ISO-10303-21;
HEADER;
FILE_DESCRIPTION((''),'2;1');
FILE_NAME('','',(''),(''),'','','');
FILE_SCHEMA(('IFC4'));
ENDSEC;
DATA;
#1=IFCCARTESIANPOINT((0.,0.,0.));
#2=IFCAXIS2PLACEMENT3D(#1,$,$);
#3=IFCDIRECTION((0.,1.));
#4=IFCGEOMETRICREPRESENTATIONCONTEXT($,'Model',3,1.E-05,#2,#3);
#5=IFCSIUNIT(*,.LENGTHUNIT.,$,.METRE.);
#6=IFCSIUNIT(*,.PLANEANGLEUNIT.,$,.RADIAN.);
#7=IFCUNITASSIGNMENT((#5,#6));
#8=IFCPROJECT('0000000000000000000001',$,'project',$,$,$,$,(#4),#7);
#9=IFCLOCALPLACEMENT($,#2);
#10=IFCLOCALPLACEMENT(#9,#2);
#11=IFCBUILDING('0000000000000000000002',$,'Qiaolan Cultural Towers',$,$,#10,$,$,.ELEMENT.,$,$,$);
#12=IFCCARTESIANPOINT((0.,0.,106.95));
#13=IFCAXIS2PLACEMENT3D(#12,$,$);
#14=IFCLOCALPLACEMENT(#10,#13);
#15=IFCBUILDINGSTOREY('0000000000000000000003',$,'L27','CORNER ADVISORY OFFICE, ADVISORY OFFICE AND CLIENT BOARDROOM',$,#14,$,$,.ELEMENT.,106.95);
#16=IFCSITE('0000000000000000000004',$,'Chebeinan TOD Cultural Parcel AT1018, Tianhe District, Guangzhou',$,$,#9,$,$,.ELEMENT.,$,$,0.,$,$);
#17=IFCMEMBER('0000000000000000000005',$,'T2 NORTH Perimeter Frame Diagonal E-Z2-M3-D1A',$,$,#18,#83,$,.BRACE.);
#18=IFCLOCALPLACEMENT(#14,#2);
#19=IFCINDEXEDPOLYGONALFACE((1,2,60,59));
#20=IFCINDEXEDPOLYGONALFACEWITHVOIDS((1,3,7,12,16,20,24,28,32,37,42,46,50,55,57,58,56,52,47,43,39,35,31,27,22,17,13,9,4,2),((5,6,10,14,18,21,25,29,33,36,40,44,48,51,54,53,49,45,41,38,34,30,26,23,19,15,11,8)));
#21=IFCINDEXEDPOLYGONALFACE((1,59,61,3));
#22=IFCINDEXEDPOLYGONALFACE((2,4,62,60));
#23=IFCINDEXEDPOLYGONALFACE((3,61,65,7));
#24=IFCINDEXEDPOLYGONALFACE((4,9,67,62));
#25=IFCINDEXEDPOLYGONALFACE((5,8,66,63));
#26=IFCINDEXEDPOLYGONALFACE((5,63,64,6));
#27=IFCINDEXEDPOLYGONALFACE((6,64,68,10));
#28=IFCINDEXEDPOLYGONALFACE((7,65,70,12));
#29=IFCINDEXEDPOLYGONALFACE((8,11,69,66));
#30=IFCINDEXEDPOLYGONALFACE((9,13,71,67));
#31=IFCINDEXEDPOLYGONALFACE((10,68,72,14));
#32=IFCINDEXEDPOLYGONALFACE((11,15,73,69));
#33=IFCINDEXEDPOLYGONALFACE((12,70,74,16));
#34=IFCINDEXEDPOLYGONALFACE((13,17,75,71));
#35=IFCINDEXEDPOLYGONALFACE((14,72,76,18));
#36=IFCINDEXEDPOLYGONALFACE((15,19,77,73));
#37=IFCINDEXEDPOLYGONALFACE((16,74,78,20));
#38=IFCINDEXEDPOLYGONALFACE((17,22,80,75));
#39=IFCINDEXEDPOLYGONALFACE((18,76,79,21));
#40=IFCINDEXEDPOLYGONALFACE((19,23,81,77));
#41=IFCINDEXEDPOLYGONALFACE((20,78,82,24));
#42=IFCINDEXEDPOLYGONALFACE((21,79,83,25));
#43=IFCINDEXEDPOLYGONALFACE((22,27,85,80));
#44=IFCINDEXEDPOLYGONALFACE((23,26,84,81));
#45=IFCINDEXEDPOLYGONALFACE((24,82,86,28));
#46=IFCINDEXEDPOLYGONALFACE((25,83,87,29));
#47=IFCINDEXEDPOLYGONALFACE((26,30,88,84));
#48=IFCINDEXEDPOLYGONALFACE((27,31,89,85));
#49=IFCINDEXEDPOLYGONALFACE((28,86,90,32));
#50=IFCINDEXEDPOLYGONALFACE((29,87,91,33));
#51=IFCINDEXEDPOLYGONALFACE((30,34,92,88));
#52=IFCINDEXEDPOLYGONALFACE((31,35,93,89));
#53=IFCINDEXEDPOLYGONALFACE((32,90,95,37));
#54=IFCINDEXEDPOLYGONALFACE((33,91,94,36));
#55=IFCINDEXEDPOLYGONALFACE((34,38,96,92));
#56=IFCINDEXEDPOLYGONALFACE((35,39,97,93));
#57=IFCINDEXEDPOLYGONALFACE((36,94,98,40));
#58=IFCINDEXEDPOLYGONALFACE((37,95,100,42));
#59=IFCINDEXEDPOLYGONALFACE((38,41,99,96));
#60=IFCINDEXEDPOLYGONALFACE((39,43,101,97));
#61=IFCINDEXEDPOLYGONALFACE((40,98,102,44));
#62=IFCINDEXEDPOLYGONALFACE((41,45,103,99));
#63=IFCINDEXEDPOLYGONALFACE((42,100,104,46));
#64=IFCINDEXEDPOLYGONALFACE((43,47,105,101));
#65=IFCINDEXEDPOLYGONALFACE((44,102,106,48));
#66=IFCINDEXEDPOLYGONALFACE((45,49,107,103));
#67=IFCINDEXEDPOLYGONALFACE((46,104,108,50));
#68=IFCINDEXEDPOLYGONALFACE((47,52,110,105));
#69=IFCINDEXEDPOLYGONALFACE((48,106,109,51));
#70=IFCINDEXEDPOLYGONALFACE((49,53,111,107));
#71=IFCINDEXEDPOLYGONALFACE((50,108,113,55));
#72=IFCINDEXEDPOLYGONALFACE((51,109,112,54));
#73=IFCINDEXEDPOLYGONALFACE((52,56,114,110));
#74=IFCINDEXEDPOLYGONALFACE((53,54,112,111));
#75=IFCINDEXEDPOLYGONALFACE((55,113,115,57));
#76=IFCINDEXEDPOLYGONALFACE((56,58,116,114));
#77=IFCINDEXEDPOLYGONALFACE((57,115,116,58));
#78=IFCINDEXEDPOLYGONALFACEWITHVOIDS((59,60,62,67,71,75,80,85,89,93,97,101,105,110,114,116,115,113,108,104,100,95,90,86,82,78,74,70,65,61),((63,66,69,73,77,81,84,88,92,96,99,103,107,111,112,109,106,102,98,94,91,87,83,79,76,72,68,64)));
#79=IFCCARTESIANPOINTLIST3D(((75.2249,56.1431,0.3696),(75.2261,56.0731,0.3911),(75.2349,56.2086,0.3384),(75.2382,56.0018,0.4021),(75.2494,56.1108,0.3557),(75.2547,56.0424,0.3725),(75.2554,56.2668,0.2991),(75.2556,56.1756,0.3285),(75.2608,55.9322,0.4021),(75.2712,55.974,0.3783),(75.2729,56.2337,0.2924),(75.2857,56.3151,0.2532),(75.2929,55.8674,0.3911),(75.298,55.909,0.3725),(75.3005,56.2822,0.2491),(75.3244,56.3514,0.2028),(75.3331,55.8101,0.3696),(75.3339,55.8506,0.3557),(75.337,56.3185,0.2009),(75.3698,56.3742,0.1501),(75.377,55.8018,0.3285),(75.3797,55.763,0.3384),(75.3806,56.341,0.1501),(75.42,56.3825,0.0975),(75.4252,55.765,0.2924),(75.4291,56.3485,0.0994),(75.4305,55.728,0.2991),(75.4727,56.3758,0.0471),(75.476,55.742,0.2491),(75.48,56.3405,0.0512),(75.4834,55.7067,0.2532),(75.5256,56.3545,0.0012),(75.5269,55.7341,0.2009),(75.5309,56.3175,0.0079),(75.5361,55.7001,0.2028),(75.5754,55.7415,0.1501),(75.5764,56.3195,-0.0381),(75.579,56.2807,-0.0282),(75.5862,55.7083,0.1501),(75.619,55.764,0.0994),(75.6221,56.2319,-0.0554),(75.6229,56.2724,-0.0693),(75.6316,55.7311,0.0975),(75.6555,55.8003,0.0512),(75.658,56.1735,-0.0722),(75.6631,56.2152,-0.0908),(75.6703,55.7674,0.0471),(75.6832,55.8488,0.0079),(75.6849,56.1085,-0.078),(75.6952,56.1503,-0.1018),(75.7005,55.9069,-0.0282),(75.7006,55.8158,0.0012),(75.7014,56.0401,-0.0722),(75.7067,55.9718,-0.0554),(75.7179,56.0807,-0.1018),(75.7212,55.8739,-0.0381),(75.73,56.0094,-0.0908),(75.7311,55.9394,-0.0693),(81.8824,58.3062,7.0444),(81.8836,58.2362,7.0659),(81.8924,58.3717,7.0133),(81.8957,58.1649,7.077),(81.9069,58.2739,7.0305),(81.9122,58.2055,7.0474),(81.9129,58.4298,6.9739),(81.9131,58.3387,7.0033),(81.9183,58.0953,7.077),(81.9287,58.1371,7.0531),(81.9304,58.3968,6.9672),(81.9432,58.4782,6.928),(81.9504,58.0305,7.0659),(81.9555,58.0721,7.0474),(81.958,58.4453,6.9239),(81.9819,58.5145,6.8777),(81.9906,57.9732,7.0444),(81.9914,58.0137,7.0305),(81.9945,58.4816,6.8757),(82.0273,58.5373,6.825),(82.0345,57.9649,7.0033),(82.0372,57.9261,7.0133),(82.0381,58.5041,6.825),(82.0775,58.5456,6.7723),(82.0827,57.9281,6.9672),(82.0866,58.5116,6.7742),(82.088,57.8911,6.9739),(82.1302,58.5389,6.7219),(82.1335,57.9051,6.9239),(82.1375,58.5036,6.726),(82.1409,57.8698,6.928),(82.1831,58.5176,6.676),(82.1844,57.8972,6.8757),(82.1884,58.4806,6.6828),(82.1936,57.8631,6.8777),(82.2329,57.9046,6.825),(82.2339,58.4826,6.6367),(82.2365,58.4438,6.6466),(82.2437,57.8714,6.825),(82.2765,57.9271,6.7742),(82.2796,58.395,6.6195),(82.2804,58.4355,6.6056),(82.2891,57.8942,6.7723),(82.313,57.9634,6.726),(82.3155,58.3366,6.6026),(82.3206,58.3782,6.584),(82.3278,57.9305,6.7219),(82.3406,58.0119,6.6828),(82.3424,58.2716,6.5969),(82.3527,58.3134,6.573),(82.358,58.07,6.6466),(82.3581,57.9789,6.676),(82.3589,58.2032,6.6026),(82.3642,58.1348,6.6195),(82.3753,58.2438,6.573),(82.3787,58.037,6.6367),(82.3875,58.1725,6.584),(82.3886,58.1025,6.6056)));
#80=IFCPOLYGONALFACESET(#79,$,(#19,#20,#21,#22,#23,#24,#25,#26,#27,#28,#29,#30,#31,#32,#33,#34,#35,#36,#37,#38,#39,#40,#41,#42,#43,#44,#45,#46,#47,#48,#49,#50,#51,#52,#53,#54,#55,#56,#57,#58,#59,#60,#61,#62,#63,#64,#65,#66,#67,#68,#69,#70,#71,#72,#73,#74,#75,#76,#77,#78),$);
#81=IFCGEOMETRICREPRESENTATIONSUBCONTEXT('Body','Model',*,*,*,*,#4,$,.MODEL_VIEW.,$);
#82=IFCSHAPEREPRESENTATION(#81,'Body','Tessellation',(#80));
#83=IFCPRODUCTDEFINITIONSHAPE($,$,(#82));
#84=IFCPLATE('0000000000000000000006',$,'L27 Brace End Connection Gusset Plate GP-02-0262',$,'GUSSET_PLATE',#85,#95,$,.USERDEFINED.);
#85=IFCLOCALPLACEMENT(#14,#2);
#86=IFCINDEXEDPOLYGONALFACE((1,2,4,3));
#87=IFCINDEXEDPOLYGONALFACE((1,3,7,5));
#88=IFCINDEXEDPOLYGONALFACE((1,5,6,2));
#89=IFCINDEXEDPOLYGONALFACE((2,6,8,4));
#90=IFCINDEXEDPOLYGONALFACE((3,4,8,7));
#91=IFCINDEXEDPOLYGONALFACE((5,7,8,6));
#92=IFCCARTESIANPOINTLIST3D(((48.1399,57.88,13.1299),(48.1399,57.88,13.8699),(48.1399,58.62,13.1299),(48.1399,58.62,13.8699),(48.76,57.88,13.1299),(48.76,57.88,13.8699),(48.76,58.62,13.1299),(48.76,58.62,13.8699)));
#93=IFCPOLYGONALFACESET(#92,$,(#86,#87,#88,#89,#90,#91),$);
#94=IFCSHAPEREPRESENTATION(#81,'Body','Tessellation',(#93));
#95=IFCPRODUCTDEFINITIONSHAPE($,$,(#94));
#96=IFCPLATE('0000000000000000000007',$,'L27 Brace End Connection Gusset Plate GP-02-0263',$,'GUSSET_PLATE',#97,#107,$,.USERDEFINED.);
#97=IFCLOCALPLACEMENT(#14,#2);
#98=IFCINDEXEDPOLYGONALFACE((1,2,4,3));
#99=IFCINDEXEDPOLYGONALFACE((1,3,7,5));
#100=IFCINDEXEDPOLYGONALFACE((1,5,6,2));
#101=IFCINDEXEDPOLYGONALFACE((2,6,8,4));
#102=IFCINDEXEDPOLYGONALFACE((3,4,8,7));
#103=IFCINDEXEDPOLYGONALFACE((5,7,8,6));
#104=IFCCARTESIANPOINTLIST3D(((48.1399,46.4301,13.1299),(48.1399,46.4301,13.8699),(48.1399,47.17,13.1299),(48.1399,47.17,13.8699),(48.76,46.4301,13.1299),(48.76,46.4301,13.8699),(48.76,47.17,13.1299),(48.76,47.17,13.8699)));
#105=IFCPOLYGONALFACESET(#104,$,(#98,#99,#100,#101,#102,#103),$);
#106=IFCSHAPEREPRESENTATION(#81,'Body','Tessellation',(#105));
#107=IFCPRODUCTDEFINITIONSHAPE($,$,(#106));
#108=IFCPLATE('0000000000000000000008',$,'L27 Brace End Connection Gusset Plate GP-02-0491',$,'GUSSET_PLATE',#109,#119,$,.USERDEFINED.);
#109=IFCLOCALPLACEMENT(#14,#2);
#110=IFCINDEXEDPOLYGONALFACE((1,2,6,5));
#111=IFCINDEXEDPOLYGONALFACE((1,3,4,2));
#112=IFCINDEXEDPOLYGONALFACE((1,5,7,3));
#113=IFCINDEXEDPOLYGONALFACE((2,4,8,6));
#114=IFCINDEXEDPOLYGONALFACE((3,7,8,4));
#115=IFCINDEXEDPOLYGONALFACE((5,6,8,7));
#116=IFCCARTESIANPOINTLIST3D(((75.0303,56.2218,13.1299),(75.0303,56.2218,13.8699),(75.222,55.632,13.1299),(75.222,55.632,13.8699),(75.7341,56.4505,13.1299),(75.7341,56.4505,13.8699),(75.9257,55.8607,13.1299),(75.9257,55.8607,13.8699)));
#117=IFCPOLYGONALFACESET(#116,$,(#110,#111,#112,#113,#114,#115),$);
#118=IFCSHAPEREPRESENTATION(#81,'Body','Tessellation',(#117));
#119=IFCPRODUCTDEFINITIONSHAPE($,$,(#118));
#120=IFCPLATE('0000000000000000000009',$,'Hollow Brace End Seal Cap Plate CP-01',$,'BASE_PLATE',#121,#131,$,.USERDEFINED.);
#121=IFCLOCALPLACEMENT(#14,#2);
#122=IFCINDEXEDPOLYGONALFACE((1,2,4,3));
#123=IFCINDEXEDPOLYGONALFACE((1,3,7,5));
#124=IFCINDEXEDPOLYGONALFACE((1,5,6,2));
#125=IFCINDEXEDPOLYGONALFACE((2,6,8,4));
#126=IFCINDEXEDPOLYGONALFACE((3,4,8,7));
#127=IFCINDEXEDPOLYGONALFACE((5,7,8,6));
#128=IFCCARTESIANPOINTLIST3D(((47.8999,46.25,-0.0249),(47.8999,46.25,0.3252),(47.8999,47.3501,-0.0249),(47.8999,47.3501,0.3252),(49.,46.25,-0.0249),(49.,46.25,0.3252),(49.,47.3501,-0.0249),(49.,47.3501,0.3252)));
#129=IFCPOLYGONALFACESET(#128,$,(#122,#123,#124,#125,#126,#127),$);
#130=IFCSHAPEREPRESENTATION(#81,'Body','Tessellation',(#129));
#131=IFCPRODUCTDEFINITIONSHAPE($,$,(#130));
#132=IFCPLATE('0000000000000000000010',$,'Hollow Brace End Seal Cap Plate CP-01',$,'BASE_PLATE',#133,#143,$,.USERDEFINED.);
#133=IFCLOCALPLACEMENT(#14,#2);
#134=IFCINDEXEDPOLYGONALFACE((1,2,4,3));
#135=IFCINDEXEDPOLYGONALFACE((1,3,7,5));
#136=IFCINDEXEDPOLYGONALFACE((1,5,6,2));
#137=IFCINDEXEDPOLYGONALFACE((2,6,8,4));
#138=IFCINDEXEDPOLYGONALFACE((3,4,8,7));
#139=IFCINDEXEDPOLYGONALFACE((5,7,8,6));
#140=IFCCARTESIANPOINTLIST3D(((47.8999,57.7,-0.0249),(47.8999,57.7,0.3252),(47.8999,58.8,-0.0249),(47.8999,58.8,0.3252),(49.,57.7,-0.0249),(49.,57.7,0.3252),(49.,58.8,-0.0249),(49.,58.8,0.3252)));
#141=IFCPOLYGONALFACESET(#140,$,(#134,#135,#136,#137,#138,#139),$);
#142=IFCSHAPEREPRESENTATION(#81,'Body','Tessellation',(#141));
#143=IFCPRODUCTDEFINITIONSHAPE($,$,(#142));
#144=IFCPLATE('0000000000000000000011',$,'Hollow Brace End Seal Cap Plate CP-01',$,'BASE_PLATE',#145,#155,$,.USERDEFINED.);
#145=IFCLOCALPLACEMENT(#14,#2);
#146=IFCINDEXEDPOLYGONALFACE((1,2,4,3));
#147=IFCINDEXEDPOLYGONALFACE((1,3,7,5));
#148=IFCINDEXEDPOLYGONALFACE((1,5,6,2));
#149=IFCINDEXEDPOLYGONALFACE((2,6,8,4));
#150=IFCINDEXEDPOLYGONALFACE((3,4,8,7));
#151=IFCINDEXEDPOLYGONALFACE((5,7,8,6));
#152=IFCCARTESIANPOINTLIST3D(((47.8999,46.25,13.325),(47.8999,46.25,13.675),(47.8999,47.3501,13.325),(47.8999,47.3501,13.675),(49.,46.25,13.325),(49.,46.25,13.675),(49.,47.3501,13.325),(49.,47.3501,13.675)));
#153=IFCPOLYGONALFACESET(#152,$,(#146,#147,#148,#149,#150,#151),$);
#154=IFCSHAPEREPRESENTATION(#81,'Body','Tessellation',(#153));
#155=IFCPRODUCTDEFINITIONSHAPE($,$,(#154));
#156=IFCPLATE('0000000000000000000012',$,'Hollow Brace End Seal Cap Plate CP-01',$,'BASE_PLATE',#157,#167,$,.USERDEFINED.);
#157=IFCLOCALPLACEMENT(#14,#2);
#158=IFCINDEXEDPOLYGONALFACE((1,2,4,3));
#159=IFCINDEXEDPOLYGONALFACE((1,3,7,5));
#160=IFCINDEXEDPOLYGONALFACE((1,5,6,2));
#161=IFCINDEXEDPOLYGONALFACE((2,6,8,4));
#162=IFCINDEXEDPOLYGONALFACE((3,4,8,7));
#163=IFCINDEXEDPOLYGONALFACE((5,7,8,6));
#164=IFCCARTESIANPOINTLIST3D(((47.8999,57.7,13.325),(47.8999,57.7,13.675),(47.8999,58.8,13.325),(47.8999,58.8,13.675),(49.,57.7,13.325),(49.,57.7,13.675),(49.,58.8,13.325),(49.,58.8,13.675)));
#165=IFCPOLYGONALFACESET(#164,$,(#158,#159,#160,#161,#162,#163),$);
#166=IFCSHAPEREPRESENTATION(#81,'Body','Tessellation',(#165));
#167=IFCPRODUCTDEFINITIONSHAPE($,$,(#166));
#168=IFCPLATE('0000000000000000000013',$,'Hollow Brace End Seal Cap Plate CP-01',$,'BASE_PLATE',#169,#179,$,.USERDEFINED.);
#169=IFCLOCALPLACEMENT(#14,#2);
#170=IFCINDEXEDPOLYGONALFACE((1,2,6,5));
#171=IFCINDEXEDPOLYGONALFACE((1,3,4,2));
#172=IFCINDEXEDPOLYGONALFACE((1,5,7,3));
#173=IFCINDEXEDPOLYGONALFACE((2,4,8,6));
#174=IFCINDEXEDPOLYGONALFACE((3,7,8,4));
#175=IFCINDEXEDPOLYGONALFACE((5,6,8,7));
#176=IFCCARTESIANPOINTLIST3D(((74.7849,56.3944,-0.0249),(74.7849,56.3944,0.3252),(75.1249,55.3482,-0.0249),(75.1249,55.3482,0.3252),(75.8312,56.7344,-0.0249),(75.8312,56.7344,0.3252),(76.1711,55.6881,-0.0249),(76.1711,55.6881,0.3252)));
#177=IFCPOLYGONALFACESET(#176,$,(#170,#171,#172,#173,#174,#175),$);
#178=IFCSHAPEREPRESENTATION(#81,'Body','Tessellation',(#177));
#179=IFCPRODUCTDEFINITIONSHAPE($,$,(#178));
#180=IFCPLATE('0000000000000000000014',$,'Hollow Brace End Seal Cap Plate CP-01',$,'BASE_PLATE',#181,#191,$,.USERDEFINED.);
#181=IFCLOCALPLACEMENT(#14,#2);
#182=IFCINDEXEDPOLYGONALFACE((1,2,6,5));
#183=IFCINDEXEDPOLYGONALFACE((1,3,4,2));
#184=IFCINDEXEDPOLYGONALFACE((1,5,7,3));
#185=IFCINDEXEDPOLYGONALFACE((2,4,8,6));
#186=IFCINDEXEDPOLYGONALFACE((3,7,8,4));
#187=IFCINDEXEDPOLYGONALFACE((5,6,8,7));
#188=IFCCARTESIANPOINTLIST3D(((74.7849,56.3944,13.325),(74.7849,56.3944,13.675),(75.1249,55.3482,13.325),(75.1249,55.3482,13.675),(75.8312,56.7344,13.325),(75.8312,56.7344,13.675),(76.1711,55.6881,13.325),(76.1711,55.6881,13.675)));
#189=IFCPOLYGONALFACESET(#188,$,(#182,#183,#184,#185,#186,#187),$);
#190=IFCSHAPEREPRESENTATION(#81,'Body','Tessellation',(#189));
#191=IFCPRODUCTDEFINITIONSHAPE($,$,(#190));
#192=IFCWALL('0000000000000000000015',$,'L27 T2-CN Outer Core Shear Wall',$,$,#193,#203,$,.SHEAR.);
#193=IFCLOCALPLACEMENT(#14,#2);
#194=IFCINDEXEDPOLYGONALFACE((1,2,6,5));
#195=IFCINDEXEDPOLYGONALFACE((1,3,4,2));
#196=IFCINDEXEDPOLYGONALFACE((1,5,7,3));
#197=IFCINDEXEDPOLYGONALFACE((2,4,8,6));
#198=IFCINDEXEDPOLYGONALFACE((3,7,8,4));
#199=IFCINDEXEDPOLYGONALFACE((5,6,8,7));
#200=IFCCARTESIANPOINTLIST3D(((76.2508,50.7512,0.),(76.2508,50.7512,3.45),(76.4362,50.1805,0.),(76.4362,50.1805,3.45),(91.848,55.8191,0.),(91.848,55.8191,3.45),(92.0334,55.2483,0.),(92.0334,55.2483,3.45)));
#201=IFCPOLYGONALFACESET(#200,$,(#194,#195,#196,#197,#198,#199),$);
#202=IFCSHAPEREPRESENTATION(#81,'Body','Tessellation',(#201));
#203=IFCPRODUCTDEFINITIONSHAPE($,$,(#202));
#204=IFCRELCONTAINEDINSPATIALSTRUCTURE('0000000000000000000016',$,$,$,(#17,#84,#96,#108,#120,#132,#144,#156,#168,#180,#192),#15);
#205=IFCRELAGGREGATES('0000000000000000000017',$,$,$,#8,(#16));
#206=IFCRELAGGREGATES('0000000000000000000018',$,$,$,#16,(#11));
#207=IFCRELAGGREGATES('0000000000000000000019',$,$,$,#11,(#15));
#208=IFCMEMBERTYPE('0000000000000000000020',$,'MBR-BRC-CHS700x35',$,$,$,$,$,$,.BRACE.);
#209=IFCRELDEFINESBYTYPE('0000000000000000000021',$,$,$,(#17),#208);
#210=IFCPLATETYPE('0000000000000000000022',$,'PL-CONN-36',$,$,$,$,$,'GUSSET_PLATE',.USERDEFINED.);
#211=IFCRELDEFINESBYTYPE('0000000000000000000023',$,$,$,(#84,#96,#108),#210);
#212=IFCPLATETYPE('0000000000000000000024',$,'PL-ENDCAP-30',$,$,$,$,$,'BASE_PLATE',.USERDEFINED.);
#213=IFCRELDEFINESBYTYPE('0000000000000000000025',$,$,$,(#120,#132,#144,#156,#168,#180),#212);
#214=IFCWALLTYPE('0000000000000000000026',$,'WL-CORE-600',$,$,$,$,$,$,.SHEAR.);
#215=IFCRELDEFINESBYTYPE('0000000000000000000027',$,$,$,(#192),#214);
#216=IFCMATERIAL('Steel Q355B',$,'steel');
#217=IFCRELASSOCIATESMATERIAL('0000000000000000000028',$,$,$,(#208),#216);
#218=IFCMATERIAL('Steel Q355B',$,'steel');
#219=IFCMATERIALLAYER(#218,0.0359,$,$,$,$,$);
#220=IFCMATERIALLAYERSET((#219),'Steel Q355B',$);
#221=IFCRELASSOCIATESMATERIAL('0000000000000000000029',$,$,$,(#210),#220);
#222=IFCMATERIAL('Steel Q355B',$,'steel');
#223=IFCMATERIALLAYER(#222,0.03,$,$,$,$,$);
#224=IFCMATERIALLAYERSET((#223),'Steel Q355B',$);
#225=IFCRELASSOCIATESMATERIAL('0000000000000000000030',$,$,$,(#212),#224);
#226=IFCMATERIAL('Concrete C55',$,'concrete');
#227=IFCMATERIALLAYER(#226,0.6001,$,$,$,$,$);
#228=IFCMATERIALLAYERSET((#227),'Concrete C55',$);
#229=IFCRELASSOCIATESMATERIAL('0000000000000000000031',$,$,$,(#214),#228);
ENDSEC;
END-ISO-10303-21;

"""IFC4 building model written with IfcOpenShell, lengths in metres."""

from ifc_helpers import new_model, si_unit, direction, frame, frame_2d, origin, origin_2d, place, context, subcontext, project, spatial, rectangle, hollow_circle, extrude, material, layer, layer_set, material_profile, profile_set, type_object, element, save


model = new_model("IFC4")

# Units and contexts
model_context = context("Model", 3, precision=1e-05, world=origin(), true_north=direction((0.0, 1.0)))
body_context = subcontext(model_context, "Body", "Model", "MODEL_VIEW")
ifc_project = project(units=[si_unit("LENGTHUNIT", "METRE"), si_unit("PLANEANGLEUNIT", "RADIAN")], contexts=[model_context])

# Site, building, storey
site_placement = place(None, origin())
site = spatial("IfcSite", under=ifc_project, at=site_placement, Name="Chebeinan TOD Cultural Parcel AT1018, Tianhe District, Guangzhou", CompositionType="ELEMENT", RefElevation=0.0)
building_placement = place(site_placement, origin())
building = spatial("IfcBuilding", under=site, at=building_placement, Name="Qiaolan Cultural Towers", CompositionType="ELEMENT")
storey_placement = place(building_placement, frame((0.0, 0.0, 106.95)))
storey = spatial("IfcBuildingStorey", under=building, at=storey_placement, Name="L27", Description="CORNER ADVISORY OFFICE, ADVISORY OFFICE AND CLIENT BOARDROOM", CompositionType="ELEMENT", Elevation=106.95)

# Member
ifc_material_1 = material(Name="Steel Q355B", Category="steel")
ifc_material_profile_1 = material_profile(ifc_material_1, hollow_circle(Radius=0.3501, WallThickness=0.0349, at=origin_2d()), Name="CHS700x35")
ifc_profile_set_1 = profile_set([ifc_material_profile_1], Name="Steel Q355B")
member_type = type_object("IfcMemberType", Name="MBR-BRC-CHS700x35", PredefinedType="BRACE", material=ifc_profile_set_1)
member_placement = place(storey_placement, frame((75.478, 56.0413, 0.1501), z_axis=(0.688301, 0.223637, 0.690093), x_axis=(-0.30901, 0.951059, 0.0)))
element("IfcMember", 1, at=member_placement, inside=storey, type_object=member_type, Name="T2 NORTH Perimeter Frame Diagonal E-Z2-M3-D1A", PredefinedType="BRACE", context=body_context, shape_type="SweptSolid", body=[
    extrude(hollow_circle(Radius=0.3501, WallThickness=0.0349, at=origin_2d()), origin(), (0.0, 0.0, 1.0), 9.6724),
])

# Plates
ifc_material_2 = material(Name="Steel Q355B", Category="steel")
ifc_layer_1 = layer(ifc_material_2, 0.0359)
ifc_layer_set_1 = layer_set([ifc_layer_1], Name="Steel Q355B")
plate_type_1 = type_object("IfcPlateType", Name="PL-CONN-36", ElementType="GUSSET_PLATE", PredefinedType="USERDEFINED", material=ifc_layer_set_1)
for number, where, z_axis, x_axis, name in (
    (2, (48.45, 58.25, 13.1299), (0.0, 0.0, 1.0), (0.0, 1.0, 0.0), "L27 Brace End Connection Gusset Plate GP-02-0262"),
    (3, (48.45, 46.8, 13.1299), (0.0, 0.0, 1.0), (0.0, 1.0, 0.0), "L27 Brace End Connection Gusset Plate GP-02-0263"),
    (4, (75.478, 56.0413, 13.1299), (0.0, 0.0, 1.0), (0.951057, 0.309017, 0.0), "L27 Brace End Connection Gusset Plate GP-02-0491"),
):
    element("IfcPlate", number, at=place(storey_placement, frame(where, z_axis=z_axis, x_axis=x_axis)), inside=storey, type_object=plate_type_1, Name=name, ObjectType="GUSSET_PLATE", PredefinedType="USERDEFINED", context=body_context, shape_type="SweptSolid", body=[
        extrude(rectangle(XDim=0.74, YDim=0.6201, at=origin_2d()), origin(), (0.0, 0.0, 1.0), 0.74),
    ])
ifc_material_3 = material(Name="Steel Q355B", Category="steel")
ifc_layer_2 = layer(ifc_material_3, 0.03)
ifc_layer_set_2 = layer_set([ifc_layer_2], Name="Steel Q355B")
plate_type_2 = type_object("IfcPlateType", Name="PL-ENDCAP-30", ElementType="BASE_PLATE", PredefinedType="USERDEFINED", material=ifc_layer_set_2)
for number, where, z_axis, x_axis, name in (
    (5, (48.45, 46.8, -0.0249), (0.0, 0.0, 1.0), (0.0, 1.0, 0.0), "Hollow Brace End Seal Cap Plate CP-01"),
    (6, (48.45, 58.25, -0.0249), (0.0, 0.0, 1.0), (0.0, 1.0, 0.0), "Hollow Brace End Seal Cap Plate CP-01"),
    (7, (48.45, 46.8, 13.325), (0.0, 0.0, 1.0), (0.0, 1.0, 0.0), "Hollow Brace End Seal Cap Plate CP-01"),
    (8, (48.45, 58.25, 13.325), (0.0, 0.0, 1.0), (0.0, 1.0, 0.0), "Hollow Brace End Seal Cap Plate CP-01"),
    (9, (75.478, 56.0413, -0.0249), (0.0, 0.0, 1.0), (0.951057, 0.309017, 0.0), "Hollow Brace End Seal Cap Plate CP-01"),
    (10, (75.478, 56.0413, 13.325), (0.0, 0.0, 1.0), (0.951057, 0.309017, 0.0), "Hollow Brace End Seal Cap Plate CP-01"),
):
    element("IfcPlate", number, at=place(storey_placement, frame(where, z_axis=z_axis, x_axis=x_axis)), inside=storey, type_object=plate_type_2, Name=name, ObjectType="BASE_PLATE", PredefinedType="USERDEFINED", context=body_context, shape_type="SweptSolid", body=[
        extrude(rectangle(XDim=1.1001, YDim=1.1001, at=origin_2d()), origin(), (0.0, 0.0, 1.0), 0.3501),
    ])

# Wall
ifc_material_4 = material(Name="Concrete C55", Category="concrete")
ifc_layer_3 = layer(ifc_material_4, 0.6001)
ifc_layer_set_3 = layer_set([ifc_layer_3], Name="Concrete C55")
wall_type_1 = type_object("IfcWallType", Name="WL-CORE-600", PredefinedType="SHEAR", material=ifc_layer_set_3)
wall_1_placement = place(storey_placement, frame((76.3435, 50.4658, 0.0), z_axis=(0.0, 0.0, 1.0), x_axis=(0.951056, 0.309019, 0.0)))
element("IfcWall", 11, at=wall_1_placement, inside=storey, type_object=wall_type_1, Name="L27 T2-CN Outer Core Shear Wall", PredefinedType="SHEAR", context=body_context, shape_type="SweptSolid", body=[
    extrude(rectangle(XDim=16.3999, YDim=0.6001, at=frame_2d((8.2, 0.0))), origin(), (0.0, 0.0, 1.0), 3.45),
])

save(model, "model.ifc")
